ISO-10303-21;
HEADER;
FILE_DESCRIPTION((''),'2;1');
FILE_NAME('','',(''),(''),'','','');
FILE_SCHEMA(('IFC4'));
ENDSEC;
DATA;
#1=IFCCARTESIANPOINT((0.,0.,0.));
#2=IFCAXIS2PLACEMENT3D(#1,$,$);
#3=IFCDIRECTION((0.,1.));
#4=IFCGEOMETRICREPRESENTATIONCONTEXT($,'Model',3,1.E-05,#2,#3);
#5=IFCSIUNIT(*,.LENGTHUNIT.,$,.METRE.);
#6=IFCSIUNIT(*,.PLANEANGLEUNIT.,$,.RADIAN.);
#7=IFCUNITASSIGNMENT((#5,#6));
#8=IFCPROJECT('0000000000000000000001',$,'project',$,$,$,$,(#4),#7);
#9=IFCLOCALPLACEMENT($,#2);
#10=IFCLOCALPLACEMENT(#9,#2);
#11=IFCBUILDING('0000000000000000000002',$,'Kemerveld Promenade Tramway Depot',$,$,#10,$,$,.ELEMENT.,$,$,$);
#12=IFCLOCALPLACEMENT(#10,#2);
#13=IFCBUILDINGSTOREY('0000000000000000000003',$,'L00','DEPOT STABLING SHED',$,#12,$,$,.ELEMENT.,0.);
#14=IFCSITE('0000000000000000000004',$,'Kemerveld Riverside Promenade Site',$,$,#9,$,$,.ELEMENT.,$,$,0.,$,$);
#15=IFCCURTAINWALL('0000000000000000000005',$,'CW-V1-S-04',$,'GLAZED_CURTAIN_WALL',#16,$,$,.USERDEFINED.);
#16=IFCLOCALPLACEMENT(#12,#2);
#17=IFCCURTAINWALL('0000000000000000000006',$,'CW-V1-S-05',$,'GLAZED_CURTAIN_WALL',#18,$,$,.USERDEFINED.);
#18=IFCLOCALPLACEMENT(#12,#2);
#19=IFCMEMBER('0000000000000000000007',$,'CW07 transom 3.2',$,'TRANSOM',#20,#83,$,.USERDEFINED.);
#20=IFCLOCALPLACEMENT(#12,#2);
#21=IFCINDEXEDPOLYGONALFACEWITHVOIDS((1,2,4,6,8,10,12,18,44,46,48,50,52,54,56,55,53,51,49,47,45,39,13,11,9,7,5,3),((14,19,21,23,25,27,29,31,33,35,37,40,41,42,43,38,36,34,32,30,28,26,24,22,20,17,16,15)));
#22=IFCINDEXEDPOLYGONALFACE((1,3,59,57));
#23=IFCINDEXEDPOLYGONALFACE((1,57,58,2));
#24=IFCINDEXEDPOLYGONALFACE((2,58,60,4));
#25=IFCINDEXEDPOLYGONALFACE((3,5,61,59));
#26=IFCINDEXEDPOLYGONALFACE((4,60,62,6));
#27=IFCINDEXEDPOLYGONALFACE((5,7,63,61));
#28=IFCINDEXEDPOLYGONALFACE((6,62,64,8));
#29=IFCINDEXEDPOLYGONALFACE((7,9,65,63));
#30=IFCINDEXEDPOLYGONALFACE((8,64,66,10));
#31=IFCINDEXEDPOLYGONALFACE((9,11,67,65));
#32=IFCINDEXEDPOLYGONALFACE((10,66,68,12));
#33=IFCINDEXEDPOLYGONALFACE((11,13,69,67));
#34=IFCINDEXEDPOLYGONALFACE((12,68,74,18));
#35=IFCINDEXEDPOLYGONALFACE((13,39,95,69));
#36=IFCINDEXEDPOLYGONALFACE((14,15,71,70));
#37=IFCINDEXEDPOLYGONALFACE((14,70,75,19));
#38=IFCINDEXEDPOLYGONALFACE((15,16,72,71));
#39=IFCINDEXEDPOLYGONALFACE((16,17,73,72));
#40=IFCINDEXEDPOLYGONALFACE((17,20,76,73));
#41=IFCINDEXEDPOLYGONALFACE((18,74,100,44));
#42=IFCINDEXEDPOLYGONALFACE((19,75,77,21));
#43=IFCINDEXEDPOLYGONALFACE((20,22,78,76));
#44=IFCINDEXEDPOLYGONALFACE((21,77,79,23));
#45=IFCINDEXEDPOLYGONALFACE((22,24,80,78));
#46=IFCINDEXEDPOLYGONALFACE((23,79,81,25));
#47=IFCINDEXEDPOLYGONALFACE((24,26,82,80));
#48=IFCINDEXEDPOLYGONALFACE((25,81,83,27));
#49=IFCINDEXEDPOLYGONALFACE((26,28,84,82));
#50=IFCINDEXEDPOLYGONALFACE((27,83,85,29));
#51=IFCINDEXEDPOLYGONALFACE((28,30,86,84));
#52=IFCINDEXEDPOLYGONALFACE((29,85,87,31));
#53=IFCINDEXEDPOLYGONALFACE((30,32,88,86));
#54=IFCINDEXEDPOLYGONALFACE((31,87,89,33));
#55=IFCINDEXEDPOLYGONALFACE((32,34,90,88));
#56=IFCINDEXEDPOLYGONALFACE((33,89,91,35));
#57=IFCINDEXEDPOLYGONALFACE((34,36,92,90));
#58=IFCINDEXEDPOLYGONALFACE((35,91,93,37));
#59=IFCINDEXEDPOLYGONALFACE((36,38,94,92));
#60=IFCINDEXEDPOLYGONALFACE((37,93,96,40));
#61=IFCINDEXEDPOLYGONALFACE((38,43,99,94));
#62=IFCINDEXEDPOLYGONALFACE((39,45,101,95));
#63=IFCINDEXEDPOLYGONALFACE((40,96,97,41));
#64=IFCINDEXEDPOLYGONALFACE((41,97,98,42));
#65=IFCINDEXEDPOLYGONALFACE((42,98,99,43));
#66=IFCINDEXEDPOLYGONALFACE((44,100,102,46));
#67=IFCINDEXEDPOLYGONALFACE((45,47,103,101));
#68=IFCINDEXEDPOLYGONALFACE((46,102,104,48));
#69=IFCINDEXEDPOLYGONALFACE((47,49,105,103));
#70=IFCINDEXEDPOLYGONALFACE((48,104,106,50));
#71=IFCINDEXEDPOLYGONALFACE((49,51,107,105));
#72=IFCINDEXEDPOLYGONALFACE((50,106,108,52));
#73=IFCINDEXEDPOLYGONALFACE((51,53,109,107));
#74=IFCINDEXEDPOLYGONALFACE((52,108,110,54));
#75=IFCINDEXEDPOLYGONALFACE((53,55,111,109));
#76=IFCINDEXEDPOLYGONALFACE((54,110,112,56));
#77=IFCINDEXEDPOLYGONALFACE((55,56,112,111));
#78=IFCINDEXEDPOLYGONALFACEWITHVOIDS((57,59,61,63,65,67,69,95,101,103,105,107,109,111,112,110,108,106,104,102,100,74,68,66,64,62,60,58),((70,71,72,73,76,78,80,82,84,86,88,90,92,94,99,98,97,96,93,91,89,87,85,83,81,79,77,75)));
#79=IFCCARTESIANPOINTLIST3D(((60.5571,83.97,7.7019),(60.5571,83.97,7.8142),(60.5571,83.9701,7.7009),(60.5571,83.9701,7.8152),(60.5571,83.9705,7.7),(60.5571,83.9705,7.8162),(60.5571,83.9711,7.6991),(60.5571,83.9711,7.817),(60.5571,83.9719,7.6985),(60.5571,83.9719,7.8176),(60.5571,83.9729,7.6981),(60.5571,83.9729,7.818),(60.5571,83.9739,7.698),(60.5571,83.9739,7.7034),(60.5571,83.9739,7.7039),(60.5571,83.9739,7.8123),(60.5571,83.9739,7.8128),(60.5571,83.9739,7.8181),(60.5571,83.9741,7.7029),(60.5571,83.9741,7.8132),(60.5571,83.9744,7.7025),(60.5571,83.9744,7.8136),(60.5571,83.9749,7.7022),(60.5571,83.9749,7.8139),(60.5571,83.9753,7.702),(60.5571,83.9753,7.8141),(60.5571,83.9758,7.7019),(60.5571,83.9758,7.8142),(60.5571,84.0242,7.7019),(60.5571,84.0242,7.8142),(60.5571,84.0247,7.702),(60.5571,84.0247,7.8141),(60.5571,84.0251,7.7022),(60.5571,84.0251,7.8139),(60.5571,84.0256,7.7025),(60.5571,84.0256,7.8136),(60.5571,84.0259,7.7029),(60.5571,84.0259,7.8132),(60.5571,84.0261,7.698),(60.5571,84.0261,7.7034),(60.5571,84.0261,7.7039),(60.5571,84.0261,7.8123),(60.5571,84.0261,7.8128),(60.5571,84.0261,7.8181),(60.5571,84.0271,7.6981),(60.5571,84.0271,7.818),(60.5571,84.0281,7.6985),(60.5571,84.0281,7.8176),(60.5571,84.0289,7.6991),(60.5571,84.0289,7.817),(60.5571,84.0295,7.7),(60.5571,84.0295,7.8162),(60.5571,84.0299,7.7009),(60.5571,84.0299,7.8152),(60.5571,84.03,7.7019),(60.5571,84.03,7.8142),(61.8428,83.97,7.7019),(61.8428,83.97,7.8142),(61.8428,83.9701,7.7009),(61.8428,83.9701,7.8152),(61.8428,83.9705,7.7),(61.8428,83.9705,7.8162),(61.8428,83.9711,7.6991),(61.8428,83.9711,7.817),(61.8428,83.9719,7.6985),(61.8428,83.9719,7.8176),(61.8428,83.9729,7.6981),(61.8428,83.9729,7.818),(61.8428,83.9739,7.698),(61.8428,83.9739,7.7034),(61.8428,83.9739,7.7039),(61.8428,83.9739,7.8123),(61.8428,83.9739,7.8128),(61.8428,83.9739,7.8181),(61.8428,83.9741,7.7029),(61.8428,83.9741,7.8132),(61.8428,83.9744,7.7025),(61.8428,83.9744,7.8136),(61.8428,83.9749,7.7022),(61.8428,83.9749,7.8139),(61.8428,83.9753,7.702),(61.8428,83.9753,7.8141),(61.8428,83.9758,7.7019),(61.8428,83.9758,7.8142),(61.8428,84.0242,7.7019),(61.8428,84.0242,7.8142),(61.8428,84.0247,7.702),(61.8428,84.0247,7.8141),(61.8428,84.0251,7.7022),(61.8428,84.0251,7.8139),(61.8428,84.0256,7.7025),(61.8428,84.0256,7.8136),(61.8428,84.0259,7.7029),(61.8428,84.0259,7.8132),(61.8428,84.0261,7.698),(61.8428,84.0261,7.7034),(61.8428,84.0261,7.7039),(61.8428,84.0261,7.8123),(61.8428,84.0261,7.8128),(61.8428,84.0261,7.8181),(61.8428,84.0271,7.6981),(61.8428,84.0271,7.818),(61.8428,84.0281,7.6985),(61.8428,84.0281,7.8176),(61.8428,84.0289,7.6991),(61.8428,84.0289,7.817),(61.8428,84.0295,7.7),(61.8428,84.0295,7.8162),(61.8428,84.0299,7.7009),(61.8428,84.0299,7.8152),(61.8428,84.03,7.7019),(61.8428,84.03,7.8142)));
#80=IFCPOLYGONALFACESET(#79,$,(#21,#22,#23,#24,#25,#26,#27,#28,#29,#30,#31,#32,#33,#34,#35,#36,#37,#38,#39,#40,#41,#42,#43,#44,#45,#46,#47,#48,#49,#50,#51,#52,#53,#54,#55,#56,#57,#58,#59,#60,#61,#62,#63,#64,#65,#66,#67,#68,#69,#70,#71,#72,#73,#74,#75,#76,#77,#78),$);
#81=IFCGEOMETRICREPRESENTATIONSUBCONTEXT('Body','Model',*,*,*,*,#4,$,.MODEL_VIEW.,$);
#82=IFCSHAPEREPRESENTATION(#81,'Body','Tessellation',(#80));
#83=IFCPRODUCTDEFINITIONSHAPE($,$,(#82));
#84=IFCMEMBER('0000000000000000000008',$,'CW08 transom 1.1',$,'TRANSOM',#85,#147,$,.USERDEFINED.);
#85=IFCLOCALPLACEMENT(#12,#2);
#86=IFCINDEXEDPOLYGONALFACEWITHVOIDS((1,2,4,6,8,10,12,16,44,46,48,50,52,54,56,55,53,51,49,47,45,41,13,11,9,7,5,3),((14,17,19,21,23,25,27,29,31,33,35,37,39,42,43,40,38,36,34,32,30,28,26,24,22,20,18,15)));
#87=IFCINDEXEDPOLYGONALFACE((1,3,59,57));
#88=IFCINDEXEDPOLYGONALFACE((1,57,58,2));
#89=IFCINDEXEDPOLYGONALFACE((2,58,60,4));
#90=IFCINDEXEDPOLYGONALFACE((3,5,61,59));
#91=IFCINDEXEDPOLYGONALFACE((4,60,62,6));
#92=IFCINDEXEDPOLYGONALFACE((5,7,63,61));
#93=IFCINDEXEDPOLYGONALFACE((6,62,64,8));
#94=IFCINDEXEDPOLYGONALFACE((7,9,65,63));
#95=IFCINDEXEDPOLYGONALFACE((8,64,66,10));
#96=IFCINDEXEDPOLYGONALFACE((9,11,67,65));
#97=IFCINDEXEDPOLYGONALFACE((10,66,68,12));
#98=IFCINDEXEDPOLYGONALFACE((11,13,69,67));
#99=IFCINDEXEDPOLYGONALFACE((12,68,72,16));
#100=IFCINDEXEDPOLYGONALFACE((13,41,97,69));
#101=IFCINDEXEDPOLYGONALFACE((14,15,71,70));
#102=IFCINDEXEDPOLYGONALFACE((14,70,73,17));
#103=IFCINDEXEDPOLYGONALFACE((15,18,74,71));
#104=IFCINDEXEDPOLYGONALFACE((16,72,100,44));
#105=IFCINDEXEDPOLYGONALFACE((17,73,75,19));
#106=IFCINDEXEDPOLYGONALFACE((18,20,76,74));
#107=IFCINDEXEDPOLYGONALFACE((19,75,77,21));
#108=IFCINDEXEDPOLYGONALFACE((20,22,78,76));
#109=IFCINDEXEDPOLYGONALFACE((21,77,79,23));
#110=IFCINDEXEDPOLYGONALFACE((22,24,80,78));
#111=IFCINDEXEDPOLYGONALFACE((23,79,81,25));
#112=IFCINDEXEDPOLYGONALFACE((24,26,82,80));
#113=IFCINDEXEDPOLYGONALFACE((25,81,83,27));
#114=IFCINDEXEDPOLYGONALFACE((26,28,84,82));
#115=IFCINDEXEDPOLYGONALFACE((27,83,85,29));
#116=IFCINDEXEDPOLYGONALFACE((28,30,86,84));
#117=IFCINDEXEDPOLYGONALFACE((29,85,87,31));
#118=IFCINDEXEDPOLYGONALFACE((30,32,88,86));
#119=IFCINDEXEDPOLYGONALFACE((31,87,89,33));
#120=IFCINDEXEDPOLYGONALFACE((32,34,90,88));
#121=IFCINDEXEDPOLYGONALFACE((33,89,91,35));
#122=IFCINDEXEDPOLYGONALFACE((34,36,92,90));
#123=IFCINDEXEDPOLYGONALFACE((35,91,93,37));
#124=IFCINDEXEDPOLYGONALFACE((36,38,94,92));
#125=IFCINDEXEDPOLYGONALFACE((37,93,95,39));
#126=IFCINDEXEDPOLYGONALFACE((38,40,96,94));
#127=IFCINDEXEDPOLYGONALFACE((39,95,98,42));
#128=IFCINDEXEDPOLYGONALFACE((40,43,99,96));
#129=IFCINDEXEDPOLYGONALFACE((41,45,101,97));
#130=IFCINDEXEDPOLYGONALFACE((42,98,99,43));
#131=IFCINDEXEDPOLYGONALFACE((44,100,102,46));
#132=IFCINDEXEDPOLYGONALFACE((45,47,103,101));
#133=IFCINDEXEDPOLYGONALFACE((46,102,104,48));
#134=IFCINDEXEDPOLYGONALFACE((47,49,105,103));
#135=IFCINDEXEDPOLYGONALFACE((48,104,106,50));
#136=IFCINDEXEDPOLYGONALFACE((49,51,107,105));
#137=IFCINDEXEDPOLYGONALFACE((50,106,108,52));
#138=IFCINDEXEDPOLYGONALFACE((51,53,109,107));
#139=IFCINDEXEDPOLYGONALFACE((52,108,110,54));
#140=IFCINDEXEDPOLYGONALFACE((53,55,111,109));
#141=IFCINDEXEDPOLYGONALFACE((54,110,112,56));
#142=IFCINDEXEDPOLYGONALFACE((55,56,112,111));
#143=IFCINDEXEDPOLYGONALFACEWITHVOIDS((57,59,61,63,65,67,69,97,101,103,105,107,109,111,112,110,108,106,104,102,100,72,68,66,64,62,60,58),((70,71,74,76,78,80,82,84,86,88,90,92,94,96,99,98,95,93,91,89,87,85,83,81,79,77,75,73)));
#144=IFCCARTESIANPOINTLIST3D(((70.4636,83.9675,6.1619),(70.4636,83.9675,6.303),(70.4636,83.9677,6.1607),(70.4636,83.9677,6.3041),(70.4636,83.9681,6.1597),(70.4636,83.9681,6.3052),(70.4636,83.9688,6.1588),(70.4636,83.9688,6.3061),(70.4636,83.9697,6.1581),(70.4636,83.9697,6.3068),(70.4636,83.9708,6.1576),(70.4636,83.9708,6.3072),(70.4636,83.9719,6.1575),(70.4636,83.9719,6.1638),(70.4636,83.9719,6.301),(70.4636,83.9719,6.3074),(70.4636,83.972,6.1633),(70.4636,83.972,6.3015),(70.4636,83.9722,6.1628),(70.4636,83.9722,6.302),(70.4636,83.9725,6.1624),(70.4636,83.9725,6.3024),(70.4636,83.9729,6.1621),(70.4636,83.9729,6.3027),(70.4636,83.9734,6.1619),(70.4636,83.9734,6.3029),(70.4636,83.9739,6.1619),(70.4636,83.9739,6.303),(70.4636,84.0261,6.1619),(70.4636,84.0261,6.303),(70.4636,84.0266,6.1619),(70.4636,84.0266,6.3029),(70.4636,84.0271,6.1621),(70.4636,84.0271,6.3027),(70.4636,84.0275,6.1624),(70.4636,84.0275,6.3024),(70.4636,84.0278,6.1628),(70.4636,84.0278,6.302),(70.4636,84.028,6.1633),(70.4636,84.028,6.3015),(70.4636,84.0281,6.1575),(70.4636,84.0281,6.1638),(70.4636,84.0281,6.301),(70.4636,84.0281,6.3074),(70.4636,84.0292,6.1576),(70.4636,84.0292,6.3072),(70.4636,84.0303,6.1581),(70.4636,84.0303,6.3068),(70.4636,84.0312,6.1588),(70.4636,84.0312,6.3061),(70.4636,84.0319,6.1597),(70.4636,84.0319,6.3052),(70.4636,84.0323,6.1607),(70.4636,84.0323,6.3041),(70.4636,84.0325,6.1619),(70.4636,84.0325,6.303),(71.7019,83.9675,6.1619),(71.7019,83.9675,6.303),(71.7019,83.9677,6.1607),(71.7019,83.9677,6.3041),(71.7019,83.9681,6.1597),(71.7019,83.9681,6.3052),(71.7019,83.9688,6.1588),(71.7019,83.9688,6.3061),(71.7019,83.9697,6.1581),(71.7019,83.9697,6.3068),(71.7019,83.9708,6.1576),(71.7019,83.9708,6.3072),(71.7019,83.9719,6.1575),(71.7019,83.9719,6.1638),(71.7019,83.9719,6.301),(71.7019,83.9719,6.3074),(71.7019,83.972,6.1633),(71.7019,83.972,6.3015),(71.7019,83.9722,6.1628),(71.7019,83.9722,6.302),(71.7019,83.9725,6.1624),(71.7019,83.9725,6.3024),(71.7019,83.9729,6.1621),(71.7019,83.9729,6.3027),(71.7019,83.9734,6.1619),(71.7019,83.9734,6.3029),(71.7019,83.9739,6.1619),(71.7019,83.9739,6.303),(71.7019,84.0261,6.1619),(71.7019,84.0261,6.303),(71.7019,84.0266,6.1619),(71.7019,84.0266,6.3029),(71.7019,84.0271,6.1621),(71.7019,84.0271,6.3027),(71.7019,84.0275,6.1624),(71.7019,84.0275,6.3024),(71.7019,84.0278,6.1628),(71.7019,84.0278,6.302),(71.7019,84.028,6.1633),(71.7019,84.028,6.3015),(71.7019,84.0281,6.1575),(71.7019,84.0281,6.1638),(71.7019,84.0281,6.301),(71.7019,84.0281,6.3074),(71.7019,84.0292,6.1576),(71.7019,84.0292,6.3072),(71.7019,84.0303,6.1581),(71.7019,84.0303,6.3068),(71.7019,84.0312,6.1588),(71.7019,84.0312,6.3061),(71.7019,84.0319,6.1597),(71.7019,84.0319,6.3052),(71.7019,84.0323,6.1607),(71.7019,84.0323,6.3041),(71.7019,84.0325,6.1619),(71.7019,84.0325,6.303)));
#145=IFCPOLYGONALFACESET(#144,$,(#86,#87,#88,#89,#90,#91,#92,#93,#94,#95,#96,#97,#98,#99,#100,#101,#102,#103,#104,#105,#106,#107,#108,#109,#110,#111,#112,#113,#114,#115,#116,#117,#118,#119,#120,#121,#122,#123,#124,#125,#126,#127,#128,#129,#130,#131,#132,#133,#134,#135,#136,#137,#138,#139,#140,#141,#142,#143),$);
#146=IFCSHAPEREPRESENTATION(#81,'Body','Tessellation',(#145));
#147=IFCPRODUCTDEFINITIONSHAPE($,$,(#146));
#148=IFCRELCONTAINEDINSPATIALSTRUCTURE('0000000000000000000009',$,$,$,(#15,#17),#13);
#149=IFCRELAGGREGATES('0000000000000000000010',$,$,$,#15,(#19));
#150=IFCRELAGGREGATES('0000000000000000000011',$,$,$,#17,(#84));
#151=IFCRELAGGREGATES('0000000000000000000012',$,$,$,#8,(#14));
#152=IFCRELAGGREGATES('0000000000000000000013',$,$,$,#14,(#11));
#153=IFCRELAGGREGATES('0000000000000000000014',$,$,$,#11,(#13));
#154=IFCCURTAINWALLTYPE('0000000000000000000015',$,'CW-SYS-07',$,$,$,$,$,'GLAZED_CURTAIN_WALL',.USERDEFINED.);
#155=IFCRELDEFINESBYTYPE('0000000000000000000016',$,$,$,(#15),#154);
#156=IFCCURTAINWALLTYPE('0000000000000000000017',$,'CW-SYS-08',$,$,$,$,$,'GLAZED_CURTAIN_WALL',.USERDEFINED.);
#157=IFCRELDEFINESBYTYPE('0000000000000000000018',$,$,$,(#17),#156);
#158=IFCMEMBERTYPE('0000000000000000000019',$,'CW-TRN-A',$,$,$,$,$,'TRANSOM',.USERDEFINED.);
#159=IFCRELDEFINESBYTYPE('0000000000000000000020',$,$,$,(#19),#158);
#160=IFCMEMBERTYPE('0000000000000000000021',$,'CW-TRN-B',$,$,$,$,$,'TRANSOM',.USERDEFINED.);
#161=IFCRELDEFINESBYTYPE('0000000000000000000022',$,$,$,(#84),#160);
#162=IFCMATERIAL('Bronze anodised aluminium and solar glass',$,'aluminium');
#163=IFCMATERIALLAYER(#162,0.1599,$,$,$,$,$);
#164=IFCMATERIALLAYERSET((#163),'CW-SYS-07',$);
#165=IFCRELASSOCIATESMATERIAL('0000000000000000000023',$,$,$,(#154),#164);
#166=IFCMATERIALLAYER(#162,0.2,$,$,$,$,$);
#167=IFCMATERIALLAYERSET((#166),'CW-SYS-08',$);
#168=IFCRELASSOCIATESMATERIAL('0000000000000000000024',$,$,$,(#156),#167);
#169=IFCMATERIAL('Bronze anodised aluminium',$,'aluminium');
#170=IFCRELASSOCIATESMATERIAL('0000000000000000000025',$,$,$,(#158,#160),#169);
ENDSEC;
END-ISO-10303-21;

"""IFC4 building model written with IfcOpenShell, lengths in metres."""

from ifc_helpers import new_model, si_unit, direction, frame, origin, origin_2d, place, context, subcontext, project, spatial, hollow_rectangle, extrude, material, layer, layer_set, material_profile, profile_set, type_object, element, aggregate, save


model = new_model("IFC4")

# Units and contexts
model_context = context("Model", 3, precision=1e-05, world=origin(), true_north=direction((0.0, 1.0)))
body_context = subcontext(model_context, "Body", "Model", "MODEL_VIEW")
ifc_project = project(units=[si_unit("LENGTHUNIT", "METRE"), si_unit("PLANEANGLEUNIT", "RADIAN")], contexts=[model_context])

# Site, building, storey
site_placement = place(None, origin())
site = spatial("IfcSite", under=ifc_project, at=site_placement, Name="Kemerveld Riverside Promenade Site", CompositionType="ELEMENT", RefElevation=0.0)
building_placement = place(site_placement, origin())
building = spatial("IfcBuilding", under=site, at=building_placement, Name="Kemerveld Promenade Tramway Depot", CompositionType="ELEMENT")
storey_placement = place(building_placement, origin())
storey = spatial("IfcBuildingStorey", under=building, at=storey_placement, Name="L00", Description="DEPOT STABLING SHED", CompositionType="ELEMENT", Elevation=0.0)

# Curtain walls
ifc_material_1 = material(Name="Bronze anodised aluminium and solar glass", Category="aluminium")
ifc_layer_1 = layer(ifc_material_1, 0.1599)
ifc_layer_set_1 = layer_set([ifc_layer_1], Name="CW-SYS-07")
curtain_wall_type_1 = type_object("IfcCurtainWallType", Name="CW-SYS-07", ElementType="GLAZED_CURTAIN_WALL", PredefinedType="USERDEFINED", material=ifc_layer_set_1)
curtain_wall_1_placement = place(storey_placement, origin())
curtain_wall_1 = element("IfcCurtainWall", 1, at=curtain_wall_1_placement, inside=storey, type_object=curtain_wall_type_1, Name="CW-V1-S-04", ObjectType="GLAZED_CURTAIN_WALL", PredefinedType="USERDEFINED")
ifc_material_2 = material(Name="Bronze anodised aluminium", Category="aluminium")
ifc_layer_2 = layer(ifc_material_1, 0.2)
ifc_layer_set_2 = layer_set([ifc_layer_2], Name="CW-SYS-08")
curtain_wall_type_2 = type_object("IfcCurtainWallType", Name="CW-SYS-08", ElementType="GLAZED_CURTAIN_WALL", PredefinedType="USERDEFINED", material=ifc_layer_set_2)
curtain_wall_2_placement = place(storey_placement, origin())
curtain_wall_2 = element("IfcCurtainWall", 2, at=curtain_wall_2_placement, inside=storey, type_object=curtain_wall_type_2, Name="CW-V1-S-05", ObjectType="GLAZED_CURTAIN_WALL", PredefinedType="USERDEFINED")

# Members
ifc_material_profile_1 = material_profile(ifc_material_2, hollow_rectangle(XDim=0.0601, YDim=0.1201, WallThickness=0.0039, InnerFilletRadius=0.002, OuterFilletRadius=0.0039, at=origin_2d()), Name="CW-TRN-120x60")
ifc_profile_set_1 = profile_set([ifc_material_profile_1], Name="Bronze anodised aluminium")
member_type_1 = type_object("IfcMemberType", Name="CW-TRN-A", ElementType="TRANSOM", PredefinedType="USERDEFINED", material=ifc_profile_set_1)
member_1_placement = place(storey_placement, frame((61.8428, 84.0, 7.7581), z_axis=(-1.0, 0.0, 0.0), x_axis=(0.0, -1.0, 0.0)))
member_1 = element("IfcMember", 3, at=member_1_placement, type_object=member_type_1, Name="CW07 transom 3.2", ObjectType="TRANSOM", PredefinedType="USERDEFINED", context=body_context, shape_type="SweptSolid", body=[
    extrude(hollow_rectangle(XDim=0.0601, YDim=0.1201, WallThickness=0.0039, InnerFilletRadius=0.002, OuterFilletRadius=0.0039, at=origin_2d()), origin(), (0.0, 0.0, 1.0), 1.2856),
])
ifc_material_profile_2 = material_profile(ifc_material_2, hollow_rectangle(XDim=0.0649, YDim=0.1499, WallThickness=0.0044, InnerFilletRadius=0.002, OuterFilletRadius=0.0044, at=origin_2d()), Name="CW-TRN-150x65")
ifc_profile_set_2 = profile_set([ifc_material_profile_2], Name="Bronze anodised aluminium")
member_type_2 = type_object("IfcMemberType", Name="CW-TRN-B", ElementType="TRANSOM", PredefinedType="USERDEFINED", material=ifc_profile_set_2)
member_2_placement = place(storey_placement, frame((71.7019, 84.0, 6.2324), z_axis=(-1.0, 0.0, 0.0), x_axis=(0.0, -1.0, 0.0)))
member_2 = element("IfcMember", 4, at=member_2_placement, type_object=member_type_2, Name="CW08 transom 1.1", ObjectType="TRANSOM", PredefinedType="USERDEFINED", context=body_context, shape_type="SweptSolid", body=[
    extrude(hollow_rectangle(XDim=0.0649, YDim=0.1499, WallThickness=0.0044, InnerFilletRadius=0.002, OuterFilletRadius=0.0044, at=origin_2d()), origin(), (0.0, 0.0, 1.0), 1.2383),
])

aggregate(curtain_wall_1, [member_1])
aggregate(curtain_wall_2, [member_2])

save(model, "model.ifc")
